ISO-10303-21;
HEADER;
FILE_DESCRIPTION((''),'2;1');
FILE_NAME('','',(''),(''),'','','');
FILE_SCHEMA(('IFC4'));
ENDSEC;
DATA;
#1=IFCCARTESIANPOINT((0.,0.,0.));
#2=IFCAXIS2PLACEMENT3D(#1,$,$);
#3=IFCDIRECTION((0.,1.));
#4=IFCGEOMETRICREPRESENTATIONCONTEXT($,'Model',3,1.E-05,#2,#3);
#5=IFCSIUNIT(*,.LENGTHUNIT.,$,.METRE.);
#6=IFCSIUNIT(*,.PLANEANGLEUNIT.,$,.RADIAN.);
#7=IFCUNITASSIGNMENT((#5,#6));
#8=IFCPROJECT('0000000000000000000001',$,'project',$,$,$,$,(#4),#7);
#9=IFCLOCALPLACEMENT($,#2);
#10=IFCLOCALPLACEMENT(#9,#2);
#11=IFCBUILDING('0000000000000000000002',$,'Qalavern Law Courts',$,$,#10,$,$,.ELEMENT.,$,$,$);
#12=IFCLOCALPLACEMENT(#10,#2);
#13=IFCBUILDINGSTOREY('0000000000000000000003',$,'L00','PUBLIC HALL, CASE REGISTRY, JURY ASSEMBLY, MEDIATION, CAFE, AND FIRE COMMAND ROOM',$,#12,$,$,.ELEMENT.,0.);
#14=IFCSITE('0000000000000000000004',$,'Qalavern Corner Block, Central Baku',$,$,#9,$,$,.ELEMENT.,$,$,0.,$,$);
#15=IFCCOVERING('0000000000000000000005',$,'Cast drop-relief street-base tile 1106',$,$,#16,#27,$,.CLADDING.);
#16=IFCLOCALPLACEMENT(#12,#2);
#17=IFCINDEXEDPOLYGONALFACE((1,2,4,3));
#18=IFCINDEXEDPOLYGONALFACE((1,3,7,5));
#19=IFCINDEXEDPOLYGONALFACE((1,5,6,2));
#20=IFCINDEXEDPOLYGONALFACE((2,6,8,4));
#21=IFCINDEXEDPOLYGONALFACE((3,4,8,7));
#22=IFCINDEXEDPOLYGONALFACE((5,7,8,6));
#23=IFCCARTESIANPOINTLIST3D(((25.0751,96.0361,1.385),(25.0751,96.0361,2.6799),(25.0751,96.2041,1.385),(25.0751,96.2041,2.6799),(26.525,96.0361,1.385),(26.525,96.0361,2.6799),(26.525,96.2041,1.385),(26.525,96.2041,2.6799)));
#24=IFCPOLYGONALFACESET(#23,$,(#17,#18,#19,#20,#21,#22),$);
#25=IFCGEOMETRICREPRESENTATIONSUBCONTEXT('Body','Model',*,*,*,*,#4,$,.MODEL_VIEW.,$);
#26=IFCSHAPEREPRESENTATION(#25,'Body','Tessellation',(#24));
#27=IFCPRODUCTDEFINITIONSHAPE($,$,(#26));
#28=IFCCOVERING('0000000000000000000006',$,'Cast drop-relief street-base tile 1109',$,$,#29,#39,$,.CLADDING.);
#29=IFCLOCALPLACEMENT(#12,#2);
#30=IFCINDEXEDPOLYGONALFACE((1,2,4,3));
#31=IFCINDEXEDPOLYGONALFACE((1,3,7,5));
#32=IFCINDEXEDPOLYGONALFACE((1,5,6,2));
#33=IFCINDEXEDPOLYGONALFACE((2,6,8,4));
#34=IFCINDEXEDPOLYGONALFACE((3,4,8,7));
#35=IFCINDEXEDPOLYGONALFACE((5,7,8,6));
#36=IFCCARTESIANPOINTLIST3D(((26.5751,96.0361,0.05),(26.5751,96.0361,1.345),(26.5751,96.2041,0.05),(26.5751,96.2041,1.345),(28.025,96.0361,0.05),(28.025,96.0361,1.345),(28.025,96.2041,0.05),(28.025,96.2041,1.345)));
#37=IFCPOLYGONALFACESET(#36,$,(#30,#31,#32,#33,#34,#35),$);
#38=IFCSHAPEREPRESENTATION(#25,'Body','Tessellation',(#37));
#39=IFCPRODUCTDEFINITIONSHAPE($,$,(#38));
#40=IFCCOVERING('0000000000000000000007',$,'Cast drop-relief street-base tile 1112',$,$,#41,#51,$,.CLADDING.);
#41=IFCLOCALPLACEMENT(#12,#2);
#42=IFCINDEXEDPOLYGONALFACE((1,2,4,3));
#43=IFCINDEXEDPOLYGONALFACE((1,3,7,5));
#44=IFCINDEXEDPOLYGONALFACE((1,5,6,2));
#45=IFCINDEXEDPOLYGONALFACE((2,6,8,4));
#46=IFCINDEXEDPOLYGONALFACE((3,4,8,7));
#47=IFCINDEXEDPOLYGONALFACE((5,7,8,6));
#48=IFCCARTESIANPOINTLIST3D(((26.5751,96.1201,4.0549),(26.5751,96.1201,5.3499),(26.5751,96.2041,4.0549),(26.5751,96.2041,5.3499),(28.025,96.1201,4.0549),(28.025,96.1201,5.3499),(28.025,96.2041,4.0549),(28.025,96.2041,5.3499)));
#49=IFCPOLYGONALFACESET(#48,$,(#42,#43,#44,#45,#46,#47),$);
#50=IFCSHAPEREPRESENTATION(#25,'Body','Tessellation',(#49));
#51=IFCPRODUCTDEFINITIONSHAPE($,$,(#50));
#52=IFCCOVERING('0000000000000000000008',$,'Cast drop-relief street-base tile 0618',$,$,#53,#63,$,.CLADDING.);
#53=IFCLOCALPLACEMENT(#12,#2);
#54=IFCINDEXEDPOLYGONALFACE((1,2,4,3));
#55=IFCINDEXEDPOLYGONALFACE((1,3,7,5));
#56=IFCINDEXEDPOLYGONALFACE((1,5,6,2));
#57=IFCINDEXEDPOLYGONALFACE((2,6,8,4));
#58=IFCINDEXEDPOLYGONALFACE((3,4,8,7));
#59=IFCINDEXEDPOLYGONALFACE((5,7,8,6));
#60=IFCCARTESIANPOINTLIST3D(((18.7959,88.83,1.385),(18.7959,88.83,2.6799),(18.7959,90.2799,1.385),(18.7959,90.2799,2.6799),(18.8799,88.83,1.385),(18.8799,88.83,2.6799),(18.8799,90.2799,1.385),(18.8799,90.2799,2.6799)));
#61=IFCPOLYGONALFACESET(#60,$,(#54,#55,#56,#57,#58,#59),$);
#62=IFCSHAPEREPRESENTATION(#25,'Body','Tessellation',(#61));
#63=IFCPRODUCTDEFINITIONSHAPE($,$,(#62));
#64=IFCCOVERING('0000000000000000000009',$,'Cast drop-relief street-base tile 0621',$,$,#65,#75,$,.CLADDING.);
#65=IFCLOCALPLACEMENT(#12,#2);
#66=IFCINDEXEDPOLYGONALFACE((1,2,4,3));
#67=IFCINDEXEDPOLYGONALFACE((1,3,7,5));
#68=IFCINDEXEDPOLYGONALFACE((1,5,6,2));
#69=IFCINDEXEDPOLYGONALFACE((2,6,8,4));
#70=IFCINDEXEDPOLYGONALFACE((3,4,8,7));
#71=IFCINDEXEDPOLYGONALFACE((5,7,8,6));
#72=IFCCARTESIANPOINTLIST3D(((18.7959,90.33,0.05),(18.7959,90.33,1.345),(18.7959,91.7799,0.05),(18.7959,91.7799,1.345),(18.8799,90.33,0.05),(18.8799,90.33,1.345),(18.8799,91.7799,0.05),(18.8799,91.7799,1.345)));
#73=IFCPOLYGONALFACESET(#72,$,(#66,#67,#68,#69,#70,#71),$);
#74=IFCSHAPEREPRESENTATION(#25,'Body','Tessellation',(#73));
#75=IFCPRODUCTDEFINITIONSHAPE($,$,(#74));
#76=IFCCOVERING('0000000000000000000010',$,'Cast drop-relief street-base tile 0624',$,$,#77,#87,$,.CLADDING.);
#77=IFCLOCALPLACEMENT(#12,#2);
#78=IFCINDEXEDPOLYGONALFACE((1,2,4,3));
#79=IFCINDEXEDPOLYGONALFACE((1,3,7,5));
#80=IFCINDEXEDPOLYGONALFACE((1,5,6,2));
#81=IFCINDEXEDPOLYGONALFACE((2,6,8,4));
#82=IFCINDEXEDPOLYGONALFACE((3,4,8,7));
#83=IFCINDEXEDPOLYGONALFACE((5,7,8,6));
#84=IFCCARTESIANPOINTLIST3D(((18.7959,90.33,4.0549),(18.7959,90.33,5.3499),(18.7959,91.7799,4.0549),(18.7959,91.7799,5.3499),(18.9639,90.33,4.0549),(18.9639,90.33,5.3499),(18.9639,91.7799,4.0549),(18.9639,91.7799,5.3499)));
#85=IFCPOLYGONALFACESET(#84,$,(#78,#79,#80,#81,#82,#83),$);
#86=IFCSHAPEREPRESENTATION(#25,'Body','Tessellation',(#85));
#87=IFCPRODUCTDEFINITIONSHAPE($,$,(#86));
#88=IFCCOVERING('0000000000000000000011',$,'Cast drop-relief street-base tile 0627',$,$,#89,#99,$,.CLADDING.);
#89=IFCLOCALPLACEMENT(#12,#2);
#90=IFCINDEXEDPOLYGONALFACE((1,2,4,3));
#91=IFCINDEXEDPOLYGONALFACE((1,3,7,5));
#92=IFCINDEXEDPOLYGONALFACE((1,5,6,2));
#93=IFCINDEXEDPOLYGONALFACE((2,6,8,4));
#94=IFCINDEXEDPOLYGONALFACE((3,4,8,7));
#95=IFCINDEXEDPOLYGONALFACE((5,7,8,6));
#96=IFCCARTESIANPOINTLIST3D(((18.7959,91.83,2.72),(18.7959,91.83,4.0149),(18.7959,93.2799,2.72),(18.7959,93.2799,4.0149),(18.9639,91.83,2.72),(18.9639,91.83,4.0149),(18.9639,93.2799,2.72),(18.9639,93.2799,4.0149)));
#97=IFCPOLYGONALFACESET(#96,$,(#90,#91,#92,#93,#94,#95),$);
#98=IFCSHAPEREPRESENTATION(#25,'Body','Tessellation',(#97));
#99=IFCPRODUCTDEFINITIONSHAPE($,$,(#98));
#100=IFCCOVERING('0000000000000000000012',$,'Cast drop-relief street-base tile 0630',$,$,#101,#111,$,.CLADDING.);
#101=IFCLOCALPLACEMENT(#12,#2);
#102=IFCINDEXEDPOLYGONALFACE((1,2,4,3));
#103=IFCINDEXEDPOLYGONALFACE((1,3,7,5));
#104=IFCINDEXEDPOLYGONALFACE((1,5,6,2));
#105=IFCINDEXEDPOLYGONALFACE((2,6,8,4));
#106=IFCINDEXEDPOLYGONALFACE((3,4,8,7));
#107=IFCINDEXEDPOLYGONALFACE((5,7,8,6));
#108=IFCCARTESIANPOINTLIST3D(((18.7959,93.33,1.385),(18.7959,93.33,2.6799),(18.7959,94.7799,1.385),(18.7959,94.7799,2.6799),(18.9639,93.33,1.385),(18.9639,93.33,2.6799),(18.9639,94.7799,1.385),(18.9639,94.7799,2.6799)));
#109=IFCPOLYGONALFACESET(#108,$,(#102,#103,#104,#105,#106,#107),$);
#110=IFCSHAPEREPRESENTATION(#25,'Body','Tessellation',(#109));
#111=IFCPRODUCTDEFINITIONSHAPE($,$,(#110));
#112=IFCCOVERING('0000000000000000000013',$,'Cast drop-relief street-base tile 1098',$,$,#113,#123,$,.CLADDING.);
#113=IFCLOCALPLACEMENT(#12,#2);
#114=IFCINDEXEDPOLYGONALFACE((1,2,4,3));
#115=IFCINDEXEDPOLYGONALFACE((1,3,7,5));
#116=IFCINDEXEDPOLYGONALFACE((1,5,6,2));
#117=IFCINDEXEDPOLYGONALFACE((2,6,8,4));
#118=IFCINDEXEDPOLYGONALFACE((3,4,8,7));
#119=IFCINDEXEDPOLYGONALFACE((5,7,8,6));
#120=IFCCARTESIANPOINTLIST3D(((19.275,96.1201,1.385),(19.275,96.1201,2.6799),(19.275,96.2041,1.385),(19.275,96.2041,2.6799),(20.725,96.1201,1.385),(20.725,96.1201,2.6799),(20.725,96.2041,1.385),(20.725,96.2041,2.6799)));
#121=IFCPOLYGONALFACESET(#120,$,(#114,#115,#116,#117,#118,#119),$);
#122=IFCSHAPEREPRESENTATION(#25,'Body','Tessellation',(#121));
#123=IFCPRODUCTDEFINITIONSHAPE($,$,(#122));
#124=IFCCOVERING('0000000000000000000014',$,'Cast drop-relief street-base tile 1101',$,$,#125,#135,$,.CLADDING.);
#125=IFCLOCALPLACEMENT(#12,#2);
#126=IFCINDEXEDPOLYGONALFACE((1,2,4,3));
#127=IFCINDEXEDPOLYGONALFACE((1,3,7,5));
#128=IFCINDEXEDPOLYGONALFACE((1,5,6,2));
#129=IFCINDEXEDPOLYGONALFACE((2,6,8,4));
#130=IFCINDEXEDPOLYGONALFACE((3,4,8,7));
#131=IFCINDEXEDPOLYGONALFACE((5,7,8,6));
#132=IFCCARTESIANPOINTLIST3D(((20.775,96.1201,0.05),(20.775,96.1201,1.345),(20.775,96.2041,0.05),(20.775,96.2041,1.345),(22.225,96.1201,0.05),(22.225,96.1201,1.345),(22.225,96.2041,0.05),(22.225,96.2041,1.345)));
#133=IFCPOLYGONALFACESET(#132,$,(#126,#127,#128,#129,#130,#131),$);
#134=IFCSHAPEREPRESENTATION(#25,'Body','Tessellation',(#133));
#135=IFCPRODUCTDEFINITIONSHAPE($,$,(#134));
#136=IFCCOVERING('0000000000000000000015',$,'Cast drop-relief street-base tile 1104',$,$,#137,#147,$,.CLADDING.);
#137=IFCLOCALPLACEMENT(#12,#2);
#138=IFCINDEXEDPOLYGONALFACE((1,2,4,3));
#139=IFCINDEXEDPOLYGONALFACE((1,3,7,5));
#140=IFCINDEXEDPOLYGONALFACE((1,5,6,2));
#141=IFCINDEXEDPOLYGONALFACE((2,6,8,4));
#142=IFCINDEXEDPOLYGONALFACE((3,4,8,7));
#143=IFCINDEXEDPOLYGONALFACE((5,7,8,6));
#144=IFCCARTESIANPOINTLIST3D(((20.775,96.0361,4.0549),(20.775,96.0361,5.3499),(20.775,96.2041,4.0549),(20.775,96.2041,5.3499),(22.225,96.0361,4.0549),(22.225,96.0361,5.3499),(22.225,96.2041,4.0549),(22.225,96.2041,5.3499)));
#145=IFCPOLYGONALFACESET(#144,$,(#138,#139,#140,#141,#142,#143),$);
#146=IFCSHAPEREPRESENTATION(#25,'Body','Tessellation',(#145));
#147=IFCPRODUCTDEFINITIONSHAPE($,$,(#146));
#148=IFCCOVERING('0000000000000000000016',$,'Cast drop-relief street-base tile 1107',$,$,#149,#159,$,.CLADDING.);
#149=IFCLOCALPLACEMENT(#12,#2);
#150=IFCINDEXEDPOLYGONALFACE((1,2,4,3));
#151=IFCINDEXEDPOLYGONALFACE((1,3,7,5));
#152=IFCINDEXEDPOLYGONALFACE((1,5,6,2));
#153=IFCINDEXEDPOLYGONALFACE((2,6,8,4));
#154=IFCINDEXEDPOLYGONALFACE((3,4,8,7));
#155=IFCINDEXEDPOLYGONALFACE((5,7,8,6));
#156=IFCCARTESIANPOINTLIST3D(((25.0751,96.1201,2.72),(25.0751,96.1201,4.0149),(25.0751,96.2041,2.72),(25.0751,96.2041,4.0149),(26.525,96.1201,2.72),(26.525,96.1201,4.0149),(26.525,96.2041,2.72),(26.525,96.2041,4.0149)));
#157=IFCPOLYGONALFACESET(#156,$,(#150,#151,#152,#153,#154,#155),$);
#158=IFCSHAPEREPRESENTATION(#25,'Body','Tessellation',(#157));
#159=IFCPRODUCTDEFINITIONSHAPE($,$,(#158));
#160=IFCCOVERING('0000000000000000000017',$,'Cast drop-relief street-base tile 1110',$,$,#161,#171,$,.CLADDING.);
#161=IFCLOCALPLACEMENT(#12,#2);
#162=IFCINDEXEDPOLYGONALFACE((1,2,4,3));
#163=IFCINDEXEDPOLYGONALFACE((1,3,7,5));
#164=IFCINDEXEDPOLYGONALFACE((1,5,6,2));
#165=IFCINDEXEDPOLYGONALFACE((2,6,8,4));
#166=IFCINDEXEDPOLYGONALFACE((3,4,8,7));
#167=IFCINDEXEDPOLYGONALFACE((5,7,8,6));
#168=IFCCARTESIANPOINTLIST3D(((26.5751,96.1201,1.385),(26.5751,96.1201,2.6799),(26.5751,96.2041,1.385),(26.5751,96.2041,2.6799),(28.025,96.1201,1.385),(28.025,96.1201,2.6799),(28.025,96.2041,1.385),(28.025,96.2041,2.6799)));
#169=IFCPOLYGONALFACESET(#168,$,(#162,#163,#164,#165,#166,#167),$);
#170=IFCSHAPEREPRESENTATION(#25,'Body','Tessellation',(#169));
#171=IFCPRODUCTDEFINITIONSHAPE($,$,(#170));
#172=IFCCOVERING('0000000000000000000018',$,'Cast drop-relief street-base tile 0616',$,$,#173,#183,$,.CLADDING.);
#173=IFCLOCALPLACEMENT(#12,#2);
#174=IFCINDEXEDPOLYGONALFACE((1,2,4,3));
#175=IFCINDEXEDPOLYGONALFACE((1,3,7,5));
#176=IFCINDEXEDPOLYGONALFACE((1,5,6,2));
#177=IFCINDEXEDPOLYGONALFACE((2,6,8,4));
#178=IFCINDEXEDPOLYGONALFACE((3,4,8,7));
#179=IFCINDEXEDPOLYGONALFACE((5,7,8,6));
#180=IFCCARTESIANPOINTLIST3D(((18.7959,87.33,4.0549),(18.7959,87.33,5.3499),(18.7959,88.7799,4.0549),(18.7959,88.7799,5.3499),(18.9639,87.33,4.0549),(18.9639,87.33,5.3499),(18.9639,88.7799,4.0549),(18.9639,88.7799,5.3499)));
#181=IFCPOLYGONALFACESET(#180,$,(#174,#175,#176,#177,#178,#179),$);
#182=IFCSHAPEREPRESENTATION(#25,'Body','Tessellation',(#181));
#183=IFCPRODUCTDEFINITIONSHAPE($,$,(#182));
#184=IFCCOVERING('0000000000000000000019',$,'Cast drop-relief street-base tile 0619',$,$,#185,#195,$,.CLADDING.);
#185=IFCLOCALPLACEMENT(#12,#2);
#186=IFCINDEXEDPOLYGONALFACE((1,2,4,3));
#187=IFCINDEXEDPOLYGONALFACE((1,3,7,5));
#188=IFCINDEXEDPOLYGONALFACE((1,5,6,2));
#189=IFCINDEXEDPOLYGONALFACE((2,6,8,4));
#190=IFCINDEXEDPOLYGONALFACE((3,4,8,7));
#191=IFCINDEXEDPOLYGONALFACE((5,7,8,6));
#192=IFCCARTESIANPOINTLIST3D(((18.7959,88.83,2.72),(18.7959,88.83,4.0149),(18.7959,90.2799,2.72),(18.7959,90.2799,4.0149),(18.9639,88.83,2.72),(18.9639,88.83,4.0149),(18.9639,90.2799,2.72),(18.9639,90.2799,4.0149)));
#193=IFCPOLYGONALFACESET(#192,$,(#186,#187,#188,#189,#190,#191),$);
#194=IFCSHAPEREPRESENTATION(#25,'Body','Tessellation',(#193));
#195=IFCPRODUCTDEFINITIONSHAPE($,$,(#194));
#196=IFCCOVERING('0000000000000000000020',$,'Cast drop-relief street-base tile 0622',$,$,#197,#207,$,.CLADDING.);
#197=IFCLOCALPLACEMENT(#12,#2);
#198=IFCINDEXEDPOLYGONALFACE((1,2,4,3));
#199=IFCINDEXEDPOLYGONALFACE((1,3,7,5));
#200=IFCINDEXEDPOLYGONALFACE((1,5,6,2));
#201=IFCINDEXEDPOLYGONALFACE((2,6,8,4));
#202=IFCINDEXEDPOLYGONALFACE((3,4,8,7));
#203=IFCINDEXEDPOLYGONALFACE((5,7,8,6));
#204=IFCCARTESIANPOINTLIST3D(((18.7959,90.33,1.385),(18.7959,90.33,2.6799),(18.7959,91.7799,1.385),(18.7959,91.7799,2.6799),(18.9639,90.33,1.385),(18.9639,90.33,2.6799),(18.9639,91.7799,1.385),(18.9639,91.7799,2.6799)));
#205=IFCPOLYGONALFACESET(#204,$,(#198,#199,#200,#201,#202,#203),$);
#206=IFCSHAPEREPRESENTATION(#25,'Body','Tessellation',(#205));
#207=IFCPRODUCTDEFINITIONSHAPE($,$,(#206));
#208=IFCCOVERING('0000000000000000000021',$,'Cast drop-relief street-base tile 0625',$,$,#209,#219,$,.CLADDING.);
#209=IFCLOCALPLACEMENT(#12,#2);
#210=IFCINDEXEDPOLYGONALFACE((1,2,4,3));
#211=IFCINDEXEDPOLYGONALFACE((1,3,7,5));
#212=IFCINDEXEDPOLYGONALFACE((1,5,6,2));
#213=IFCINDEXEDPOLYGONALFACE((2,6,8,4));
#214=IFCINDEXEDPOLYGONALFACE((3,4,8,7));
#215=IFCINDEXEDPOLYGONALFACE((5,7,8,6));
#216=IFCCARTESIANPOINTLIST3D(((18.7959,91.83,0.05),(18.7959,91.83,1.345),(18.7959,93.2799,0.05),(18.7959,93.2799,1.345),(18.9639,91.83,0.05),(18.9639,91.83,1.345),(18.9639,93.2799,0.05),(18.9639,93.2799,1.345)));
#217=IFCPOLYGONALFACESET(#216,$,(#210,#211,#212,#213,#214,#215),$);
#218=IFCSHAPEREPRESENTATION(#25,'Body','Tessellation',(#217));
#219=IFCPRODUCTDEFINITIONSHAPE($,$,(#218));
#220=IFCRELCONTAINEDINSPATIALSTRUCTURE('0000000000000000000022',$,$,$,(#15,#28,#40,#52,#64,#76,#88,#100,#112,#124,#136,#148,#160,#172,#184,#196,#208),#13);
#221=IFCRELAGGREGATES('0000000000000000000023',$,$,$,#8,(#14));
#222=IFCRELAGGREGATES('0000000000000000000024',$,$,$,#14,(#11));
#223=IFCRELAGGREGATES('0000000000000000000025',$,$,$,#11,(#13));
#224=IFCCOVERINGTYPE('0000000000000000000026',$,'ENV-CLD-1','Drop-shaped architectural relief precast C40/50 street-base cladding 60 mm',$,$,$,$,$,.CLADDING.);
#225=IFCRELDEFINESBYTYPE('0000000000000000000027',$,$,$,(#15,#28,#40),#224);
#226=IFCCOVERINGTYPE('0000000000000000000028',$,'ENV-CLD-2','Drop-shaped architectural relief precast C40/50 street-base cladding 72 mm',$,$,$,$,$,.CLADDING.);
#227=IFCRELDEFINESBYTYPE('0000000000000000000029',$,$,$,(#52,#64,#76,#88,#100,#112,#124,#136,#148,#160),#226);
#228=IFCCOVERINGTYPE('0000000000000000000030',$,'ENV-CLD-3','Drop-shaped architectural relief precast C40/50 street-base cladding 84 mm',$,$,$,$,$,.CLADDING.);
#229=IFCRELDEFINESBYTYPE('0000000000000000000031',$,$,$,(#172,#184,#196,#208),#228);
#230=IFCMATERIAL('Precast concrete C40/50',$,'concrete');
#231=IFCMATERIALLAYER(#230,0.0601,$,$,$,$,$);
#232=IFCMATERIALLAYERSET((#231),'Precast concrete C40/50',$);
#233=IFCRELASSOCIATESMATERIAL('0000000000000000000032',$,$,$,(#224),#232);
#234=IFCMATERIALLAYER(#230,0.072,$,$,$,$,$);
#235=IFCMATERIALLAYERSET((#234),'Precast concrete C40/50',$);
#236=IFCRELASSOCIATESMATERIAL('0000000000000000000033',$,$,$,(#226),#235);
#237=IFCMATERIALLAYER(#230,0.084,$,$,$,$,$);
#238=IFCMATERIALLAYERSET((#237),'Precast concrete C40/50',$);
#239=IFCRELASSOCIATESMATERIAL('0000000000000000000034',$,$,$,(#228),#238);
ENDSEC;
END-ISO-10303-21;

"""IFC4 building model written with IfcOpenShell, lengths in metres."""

from ifc_helpers import new_model, si_unit, direction, frame, origin, origin_2d, place, context, subcontext, project, spatial, rectangle, extrude, material, layer, layer_set, type_object, element, save


model = new_model("IFC4")

# Units and contexts
model_context = context("Model", 3, precision=1e-05, world=origin(), true_north=direction((0.0, 1.0)))
body_context = subcontext(model_context, "Body", "Model", "MODEL_VIEW")
ifc_project = project(units=[si_unit("LENGTHUNIT", "METRE"), si_unit("PLANEANGLEUNIT", "RADIAN")], contexts=[model_context])

# Site, building, storey
site_placement = place(None, origin())
site = spatial("IfcSite", under=ifc_project, at=site_placement, Name="Qalavern Corner Block, Central Baku", CompositionType="ELEMENT", RefElevation=0.0)
building_placement = place(site_placement, origin())
building = spatial("IfcBuilding", under=site, at=building_placement, Name="Qalavern Law Courts", CompositionType="ELEMENT")
storey_placement = place(building_placement, origin())
storey = spatial("IfcBuildingStorey", under=building, at=storey_placement, Name="L00", Description="PUBLIC HALL, CASE REGISTRY, JURY ASSEMBLY, MEDIATION, CAFE, AND FIRE COMMAND ROOM", CompositionType="ELEMENT", Elevation=0.0)

# Coverings
ifc_material_1 = material(Name="Precast concrete C40/50", Category="concrete")
ifc_layer_1 = layer(ifc_material_1, 0.0601)
ifc_layer_set_1 = layer_set([ifc_layer_1], Name="Precast concrete C40/50")
covering_type_1 = type_object("IfcCoveringType", Name="ENV-CLD-1", Description="Drop-shaped architectural relief precast C40/50 street-base cladding 60 mm", PredefinedType="CLADDING", material=ifc_layer_set_1)
for number, where, z_axis, x_axis, name in (
    (1, (25.8, 96.1201, 1.385), (0.0, 0.0, 1.0), (1.0, 0.0, 0.0), "Cast drop-relief street-base tile 1106"),
    (2, (27.3, 96.1201, 0.05), (0.0, 0.0, 1.0), (1.0, 0.0, 0.0), "Cast drop-relief street-base tile 1109"),
):
    element("IfcCovering", number, at=place(storey_placement, frame(where, z_axis=z_axis, x_axis=x_axis)), inside=storey, type_object=covering_type_1, Name=name, PredefinedType="CLADDING", context=body_context, shape_type="SweptSolid", body=[
        extrude(rectangle(XDim=1.45, YDim=0.168, at=origin_2d()), origin(), (0.0, 0.0, 1.0), 1.2949),
    ])
covering_1_placement = place(storey_placement, frame((27.3, 96.1621, 4.0549), z_axis=(0.0, 0.0, 1.0), x_axis=(1.0, 0.0, 0.0)))
element("IfcCovering", 3, at=covering_1_placement, inside=storey, type_object=covering_type_1, Name="Cast drop-relief street-base tile 1112", PredefinedType="CLADDING", context=body_context, shape_type="SweptSolid", body=[
    extrude(rectangle(XDim=1.45, YDim=0.084, at=origin_2d()), origin(), (0.0, 0.0, 1.0), 1.2949),
])
ifc_layer_2 = layer(ifc_material_1, 0.072)
ifc_layer_set_2 = layer_set([ifc_layer_2], Name="Precast concrete C40/50")
covering_type_2 = type_object("IfcCoveringType", Name="ENV-CLD-2", Description="Drop-shaped architectural relief precast C40/50 street-base cladding 72 mm", PredefinedType="CLADDING", material=ifc_layer_set_2)
for number, where, z_axis, x_axis, name in (
    (4, (18.8379, 89.5549, 1.385), (0.0, 0.0, 1.0), (0.0, 1.0, 0.0), "Cast drop-relief street-base tile 0618"),
    (5, (18.8379, 91.0549, 0.05), (0.0, 0.0, 1.0), (0.0, 1.0, 0.0), "Cast drop-relief street-base tile 0621"),
):
    element("IfcCovering", number, at=place(storey_placement, frame(where, z_axis=z_axis, x_axis=x_axis)), inside=storey, type_object=covering_type_2, Name=name, PredefinedType="CLADDING", context=body_context, shape_type="SweptSolid", body=[
        extrude(rectangle(XDim=1.45, YDim=0.084, at=origin_2d()), origin(), (0.0, 0.0, 1.0), 1.2949),
    ])
for number, where, z_axis, x_axis, name in (
    (6, (18.8799, 91.0549, 4.0549), (0.0, 0.0, 1.0), (0.0, 1.0, 0.0), "Cast drop-relief street-base tile 0624"),
    (7, (18.8799, 92.5549, 2.72), (0.0, 0.0, 1.0), (0.0, 1.0, 0.0), "Cast drop-relief street-base tile 0627"),
    (8, (18.8799, 94.0549, 1.385), (0.0, 0.0, 1.0), (0.0, 1.0, 0.0), "Cast drop-relief street-base tile 0630"),
):
    element("IfcCovering", number, at=place(storey_placement, frame(where, z_axis=z_axis, x_axis=x_axis)), inside=storey, type_object=covering_type_2, Name=name, PredefinedType="CLADDING", context=body_context, shape_type="SweptSolid", body=[
        extrude(rectangle(XDim=1.45, YDim=0.168, at=origin_2d()), origin(), (0.0, 0.0, 1.0), 1.2949),
    ])
for number, where, z_axis, x_axis, name in (
    (9, (20.0, 96.1621, 1.385), (0.0, 0.0, 1.0), (1.0, 0.0, 0.0), "Cast drop-relief street-base tile 1098"),
    (10, (21.5, 96.1621, 0.05), (0.0, 0.0, 1.0), (1.0, 0.0, 0.0), "Cast drop-relief street-base tile 1101"),
):
    element("IfcCovering", number, at=place(storey_placement, frame(where, z_axis=z_axis, x_axis=x_axis)), inside=storey, type_object=covering_type_2, Name=name, PredefinedType="CLADDING", context=body_context, shape_type="SweptSolid", body=[
        extrude(rectangle(XDim=1.45, YDim=0.084, at=origin_2d()), origin(), (0.0, 0.0, 1.0), 1.2949),
    ])
covering_2_placement = place(storey_placement, frame((21.5, 96.1201, 4.0549), z_axis=(0.0, 0.0, 1.0), x_axis=(1.0, 0.0, 0.0)))
element("IfcCovering", 11, at=covering_2_placement, inside=storey, type_object=covering_type_2, Name="Cast drop-relief street-base tile 1104", PredefinedType="CLADDING", context=body_context, shape_type="SweptSolid", body=[
    extrude(rectangle(XDim=1.45, YDim=0.168, at=origin_2d()), origin(), (0.0, 0.0, 1.0), 1.2949),
])
for number, where, z_axis, x_axis, name in (
    (12, (25.8, 96.1621, 2.72), (0.0, 0.0, 1.0), (1.0, 0.0, 0.0), "Cast drop-relief street-base tile 1107"),
    (13, (27.3, 96.1621, 1.385), (0.0, 0.0, 1.0), (1.0, 0.0, 0.0), "Cast drop-relief street-base tile 1110"),
):
    element("IfcCovering", number, at=place(storey_placement, frame(where, z_axis=z_axis, x_axis=x_axis)), inside=storey, type_object=covering_type_2, Name=name, PredefinedType="CLADDING", context=body_context, shape_type="SweptSolid", body=[
        extrude(rectangle(XDim=1.45, YDim=0.084, at=origin_2d()), origin(), (0.0, 0.0, 1.0), 1.2949),
    ])
ifc_layer_3 = layer(ifc_material_1, 0.084)
ifc_layer_set_3 = layer_set([ifc_layer_3], Name="Precast concrete C40/50")
covering_type_3 = type_object("IfcCoveringType", Name="ENV-CLD-3", Description="Drop-shaped architectural relief precast C40/50 street-base cladding 84 mm", PredefinedType="CLADDING", material=ifc_layer_set_3)
for number, where, z_axis, x_axis, name in (
    (14, (18.8799, 88.0549, 4.0549), (0.0, 0.0, 1.0), (0.0, 1.0, 0.0), "Cast drop-relief street-base tile 0616"),
    (15, (18.8799, 89.5549, 2.72), (0.0, 0.0, 1.0), (0.0, 1.0, 0.0), "Cast drop-relief street-base tile 0619"),
    (16, (18.8799, 91.0549, 1.385), (0.0, 0.0, 1.0), (0.0, 1.0, 0.0), "Cast drop-relief street-base tile 0622"),
    (17, (18.8799, 92.5549, 0.05), (0.0, 0.0, 1.0), (0.0, 1.0, 0.0), "Cast drop-relief street-base tile 0625"),
):
    element("IfcCovering", number, at=place(storey_placement, frame(where, z_axis=z_axis, x_axis=x_axis)), inside=storey, type_object=covering_type_3, Name=name, PredefinedType="CLADDING", context=body_context, shape_type="SweptSolid", body=[
        extrude(rectangle(XDim=1.45, YDim=0.168, at=origin_2d()), origin(), (0.0, 0.0, 1.0), 1.2949),
    ])

save(model, "model.ifc")
